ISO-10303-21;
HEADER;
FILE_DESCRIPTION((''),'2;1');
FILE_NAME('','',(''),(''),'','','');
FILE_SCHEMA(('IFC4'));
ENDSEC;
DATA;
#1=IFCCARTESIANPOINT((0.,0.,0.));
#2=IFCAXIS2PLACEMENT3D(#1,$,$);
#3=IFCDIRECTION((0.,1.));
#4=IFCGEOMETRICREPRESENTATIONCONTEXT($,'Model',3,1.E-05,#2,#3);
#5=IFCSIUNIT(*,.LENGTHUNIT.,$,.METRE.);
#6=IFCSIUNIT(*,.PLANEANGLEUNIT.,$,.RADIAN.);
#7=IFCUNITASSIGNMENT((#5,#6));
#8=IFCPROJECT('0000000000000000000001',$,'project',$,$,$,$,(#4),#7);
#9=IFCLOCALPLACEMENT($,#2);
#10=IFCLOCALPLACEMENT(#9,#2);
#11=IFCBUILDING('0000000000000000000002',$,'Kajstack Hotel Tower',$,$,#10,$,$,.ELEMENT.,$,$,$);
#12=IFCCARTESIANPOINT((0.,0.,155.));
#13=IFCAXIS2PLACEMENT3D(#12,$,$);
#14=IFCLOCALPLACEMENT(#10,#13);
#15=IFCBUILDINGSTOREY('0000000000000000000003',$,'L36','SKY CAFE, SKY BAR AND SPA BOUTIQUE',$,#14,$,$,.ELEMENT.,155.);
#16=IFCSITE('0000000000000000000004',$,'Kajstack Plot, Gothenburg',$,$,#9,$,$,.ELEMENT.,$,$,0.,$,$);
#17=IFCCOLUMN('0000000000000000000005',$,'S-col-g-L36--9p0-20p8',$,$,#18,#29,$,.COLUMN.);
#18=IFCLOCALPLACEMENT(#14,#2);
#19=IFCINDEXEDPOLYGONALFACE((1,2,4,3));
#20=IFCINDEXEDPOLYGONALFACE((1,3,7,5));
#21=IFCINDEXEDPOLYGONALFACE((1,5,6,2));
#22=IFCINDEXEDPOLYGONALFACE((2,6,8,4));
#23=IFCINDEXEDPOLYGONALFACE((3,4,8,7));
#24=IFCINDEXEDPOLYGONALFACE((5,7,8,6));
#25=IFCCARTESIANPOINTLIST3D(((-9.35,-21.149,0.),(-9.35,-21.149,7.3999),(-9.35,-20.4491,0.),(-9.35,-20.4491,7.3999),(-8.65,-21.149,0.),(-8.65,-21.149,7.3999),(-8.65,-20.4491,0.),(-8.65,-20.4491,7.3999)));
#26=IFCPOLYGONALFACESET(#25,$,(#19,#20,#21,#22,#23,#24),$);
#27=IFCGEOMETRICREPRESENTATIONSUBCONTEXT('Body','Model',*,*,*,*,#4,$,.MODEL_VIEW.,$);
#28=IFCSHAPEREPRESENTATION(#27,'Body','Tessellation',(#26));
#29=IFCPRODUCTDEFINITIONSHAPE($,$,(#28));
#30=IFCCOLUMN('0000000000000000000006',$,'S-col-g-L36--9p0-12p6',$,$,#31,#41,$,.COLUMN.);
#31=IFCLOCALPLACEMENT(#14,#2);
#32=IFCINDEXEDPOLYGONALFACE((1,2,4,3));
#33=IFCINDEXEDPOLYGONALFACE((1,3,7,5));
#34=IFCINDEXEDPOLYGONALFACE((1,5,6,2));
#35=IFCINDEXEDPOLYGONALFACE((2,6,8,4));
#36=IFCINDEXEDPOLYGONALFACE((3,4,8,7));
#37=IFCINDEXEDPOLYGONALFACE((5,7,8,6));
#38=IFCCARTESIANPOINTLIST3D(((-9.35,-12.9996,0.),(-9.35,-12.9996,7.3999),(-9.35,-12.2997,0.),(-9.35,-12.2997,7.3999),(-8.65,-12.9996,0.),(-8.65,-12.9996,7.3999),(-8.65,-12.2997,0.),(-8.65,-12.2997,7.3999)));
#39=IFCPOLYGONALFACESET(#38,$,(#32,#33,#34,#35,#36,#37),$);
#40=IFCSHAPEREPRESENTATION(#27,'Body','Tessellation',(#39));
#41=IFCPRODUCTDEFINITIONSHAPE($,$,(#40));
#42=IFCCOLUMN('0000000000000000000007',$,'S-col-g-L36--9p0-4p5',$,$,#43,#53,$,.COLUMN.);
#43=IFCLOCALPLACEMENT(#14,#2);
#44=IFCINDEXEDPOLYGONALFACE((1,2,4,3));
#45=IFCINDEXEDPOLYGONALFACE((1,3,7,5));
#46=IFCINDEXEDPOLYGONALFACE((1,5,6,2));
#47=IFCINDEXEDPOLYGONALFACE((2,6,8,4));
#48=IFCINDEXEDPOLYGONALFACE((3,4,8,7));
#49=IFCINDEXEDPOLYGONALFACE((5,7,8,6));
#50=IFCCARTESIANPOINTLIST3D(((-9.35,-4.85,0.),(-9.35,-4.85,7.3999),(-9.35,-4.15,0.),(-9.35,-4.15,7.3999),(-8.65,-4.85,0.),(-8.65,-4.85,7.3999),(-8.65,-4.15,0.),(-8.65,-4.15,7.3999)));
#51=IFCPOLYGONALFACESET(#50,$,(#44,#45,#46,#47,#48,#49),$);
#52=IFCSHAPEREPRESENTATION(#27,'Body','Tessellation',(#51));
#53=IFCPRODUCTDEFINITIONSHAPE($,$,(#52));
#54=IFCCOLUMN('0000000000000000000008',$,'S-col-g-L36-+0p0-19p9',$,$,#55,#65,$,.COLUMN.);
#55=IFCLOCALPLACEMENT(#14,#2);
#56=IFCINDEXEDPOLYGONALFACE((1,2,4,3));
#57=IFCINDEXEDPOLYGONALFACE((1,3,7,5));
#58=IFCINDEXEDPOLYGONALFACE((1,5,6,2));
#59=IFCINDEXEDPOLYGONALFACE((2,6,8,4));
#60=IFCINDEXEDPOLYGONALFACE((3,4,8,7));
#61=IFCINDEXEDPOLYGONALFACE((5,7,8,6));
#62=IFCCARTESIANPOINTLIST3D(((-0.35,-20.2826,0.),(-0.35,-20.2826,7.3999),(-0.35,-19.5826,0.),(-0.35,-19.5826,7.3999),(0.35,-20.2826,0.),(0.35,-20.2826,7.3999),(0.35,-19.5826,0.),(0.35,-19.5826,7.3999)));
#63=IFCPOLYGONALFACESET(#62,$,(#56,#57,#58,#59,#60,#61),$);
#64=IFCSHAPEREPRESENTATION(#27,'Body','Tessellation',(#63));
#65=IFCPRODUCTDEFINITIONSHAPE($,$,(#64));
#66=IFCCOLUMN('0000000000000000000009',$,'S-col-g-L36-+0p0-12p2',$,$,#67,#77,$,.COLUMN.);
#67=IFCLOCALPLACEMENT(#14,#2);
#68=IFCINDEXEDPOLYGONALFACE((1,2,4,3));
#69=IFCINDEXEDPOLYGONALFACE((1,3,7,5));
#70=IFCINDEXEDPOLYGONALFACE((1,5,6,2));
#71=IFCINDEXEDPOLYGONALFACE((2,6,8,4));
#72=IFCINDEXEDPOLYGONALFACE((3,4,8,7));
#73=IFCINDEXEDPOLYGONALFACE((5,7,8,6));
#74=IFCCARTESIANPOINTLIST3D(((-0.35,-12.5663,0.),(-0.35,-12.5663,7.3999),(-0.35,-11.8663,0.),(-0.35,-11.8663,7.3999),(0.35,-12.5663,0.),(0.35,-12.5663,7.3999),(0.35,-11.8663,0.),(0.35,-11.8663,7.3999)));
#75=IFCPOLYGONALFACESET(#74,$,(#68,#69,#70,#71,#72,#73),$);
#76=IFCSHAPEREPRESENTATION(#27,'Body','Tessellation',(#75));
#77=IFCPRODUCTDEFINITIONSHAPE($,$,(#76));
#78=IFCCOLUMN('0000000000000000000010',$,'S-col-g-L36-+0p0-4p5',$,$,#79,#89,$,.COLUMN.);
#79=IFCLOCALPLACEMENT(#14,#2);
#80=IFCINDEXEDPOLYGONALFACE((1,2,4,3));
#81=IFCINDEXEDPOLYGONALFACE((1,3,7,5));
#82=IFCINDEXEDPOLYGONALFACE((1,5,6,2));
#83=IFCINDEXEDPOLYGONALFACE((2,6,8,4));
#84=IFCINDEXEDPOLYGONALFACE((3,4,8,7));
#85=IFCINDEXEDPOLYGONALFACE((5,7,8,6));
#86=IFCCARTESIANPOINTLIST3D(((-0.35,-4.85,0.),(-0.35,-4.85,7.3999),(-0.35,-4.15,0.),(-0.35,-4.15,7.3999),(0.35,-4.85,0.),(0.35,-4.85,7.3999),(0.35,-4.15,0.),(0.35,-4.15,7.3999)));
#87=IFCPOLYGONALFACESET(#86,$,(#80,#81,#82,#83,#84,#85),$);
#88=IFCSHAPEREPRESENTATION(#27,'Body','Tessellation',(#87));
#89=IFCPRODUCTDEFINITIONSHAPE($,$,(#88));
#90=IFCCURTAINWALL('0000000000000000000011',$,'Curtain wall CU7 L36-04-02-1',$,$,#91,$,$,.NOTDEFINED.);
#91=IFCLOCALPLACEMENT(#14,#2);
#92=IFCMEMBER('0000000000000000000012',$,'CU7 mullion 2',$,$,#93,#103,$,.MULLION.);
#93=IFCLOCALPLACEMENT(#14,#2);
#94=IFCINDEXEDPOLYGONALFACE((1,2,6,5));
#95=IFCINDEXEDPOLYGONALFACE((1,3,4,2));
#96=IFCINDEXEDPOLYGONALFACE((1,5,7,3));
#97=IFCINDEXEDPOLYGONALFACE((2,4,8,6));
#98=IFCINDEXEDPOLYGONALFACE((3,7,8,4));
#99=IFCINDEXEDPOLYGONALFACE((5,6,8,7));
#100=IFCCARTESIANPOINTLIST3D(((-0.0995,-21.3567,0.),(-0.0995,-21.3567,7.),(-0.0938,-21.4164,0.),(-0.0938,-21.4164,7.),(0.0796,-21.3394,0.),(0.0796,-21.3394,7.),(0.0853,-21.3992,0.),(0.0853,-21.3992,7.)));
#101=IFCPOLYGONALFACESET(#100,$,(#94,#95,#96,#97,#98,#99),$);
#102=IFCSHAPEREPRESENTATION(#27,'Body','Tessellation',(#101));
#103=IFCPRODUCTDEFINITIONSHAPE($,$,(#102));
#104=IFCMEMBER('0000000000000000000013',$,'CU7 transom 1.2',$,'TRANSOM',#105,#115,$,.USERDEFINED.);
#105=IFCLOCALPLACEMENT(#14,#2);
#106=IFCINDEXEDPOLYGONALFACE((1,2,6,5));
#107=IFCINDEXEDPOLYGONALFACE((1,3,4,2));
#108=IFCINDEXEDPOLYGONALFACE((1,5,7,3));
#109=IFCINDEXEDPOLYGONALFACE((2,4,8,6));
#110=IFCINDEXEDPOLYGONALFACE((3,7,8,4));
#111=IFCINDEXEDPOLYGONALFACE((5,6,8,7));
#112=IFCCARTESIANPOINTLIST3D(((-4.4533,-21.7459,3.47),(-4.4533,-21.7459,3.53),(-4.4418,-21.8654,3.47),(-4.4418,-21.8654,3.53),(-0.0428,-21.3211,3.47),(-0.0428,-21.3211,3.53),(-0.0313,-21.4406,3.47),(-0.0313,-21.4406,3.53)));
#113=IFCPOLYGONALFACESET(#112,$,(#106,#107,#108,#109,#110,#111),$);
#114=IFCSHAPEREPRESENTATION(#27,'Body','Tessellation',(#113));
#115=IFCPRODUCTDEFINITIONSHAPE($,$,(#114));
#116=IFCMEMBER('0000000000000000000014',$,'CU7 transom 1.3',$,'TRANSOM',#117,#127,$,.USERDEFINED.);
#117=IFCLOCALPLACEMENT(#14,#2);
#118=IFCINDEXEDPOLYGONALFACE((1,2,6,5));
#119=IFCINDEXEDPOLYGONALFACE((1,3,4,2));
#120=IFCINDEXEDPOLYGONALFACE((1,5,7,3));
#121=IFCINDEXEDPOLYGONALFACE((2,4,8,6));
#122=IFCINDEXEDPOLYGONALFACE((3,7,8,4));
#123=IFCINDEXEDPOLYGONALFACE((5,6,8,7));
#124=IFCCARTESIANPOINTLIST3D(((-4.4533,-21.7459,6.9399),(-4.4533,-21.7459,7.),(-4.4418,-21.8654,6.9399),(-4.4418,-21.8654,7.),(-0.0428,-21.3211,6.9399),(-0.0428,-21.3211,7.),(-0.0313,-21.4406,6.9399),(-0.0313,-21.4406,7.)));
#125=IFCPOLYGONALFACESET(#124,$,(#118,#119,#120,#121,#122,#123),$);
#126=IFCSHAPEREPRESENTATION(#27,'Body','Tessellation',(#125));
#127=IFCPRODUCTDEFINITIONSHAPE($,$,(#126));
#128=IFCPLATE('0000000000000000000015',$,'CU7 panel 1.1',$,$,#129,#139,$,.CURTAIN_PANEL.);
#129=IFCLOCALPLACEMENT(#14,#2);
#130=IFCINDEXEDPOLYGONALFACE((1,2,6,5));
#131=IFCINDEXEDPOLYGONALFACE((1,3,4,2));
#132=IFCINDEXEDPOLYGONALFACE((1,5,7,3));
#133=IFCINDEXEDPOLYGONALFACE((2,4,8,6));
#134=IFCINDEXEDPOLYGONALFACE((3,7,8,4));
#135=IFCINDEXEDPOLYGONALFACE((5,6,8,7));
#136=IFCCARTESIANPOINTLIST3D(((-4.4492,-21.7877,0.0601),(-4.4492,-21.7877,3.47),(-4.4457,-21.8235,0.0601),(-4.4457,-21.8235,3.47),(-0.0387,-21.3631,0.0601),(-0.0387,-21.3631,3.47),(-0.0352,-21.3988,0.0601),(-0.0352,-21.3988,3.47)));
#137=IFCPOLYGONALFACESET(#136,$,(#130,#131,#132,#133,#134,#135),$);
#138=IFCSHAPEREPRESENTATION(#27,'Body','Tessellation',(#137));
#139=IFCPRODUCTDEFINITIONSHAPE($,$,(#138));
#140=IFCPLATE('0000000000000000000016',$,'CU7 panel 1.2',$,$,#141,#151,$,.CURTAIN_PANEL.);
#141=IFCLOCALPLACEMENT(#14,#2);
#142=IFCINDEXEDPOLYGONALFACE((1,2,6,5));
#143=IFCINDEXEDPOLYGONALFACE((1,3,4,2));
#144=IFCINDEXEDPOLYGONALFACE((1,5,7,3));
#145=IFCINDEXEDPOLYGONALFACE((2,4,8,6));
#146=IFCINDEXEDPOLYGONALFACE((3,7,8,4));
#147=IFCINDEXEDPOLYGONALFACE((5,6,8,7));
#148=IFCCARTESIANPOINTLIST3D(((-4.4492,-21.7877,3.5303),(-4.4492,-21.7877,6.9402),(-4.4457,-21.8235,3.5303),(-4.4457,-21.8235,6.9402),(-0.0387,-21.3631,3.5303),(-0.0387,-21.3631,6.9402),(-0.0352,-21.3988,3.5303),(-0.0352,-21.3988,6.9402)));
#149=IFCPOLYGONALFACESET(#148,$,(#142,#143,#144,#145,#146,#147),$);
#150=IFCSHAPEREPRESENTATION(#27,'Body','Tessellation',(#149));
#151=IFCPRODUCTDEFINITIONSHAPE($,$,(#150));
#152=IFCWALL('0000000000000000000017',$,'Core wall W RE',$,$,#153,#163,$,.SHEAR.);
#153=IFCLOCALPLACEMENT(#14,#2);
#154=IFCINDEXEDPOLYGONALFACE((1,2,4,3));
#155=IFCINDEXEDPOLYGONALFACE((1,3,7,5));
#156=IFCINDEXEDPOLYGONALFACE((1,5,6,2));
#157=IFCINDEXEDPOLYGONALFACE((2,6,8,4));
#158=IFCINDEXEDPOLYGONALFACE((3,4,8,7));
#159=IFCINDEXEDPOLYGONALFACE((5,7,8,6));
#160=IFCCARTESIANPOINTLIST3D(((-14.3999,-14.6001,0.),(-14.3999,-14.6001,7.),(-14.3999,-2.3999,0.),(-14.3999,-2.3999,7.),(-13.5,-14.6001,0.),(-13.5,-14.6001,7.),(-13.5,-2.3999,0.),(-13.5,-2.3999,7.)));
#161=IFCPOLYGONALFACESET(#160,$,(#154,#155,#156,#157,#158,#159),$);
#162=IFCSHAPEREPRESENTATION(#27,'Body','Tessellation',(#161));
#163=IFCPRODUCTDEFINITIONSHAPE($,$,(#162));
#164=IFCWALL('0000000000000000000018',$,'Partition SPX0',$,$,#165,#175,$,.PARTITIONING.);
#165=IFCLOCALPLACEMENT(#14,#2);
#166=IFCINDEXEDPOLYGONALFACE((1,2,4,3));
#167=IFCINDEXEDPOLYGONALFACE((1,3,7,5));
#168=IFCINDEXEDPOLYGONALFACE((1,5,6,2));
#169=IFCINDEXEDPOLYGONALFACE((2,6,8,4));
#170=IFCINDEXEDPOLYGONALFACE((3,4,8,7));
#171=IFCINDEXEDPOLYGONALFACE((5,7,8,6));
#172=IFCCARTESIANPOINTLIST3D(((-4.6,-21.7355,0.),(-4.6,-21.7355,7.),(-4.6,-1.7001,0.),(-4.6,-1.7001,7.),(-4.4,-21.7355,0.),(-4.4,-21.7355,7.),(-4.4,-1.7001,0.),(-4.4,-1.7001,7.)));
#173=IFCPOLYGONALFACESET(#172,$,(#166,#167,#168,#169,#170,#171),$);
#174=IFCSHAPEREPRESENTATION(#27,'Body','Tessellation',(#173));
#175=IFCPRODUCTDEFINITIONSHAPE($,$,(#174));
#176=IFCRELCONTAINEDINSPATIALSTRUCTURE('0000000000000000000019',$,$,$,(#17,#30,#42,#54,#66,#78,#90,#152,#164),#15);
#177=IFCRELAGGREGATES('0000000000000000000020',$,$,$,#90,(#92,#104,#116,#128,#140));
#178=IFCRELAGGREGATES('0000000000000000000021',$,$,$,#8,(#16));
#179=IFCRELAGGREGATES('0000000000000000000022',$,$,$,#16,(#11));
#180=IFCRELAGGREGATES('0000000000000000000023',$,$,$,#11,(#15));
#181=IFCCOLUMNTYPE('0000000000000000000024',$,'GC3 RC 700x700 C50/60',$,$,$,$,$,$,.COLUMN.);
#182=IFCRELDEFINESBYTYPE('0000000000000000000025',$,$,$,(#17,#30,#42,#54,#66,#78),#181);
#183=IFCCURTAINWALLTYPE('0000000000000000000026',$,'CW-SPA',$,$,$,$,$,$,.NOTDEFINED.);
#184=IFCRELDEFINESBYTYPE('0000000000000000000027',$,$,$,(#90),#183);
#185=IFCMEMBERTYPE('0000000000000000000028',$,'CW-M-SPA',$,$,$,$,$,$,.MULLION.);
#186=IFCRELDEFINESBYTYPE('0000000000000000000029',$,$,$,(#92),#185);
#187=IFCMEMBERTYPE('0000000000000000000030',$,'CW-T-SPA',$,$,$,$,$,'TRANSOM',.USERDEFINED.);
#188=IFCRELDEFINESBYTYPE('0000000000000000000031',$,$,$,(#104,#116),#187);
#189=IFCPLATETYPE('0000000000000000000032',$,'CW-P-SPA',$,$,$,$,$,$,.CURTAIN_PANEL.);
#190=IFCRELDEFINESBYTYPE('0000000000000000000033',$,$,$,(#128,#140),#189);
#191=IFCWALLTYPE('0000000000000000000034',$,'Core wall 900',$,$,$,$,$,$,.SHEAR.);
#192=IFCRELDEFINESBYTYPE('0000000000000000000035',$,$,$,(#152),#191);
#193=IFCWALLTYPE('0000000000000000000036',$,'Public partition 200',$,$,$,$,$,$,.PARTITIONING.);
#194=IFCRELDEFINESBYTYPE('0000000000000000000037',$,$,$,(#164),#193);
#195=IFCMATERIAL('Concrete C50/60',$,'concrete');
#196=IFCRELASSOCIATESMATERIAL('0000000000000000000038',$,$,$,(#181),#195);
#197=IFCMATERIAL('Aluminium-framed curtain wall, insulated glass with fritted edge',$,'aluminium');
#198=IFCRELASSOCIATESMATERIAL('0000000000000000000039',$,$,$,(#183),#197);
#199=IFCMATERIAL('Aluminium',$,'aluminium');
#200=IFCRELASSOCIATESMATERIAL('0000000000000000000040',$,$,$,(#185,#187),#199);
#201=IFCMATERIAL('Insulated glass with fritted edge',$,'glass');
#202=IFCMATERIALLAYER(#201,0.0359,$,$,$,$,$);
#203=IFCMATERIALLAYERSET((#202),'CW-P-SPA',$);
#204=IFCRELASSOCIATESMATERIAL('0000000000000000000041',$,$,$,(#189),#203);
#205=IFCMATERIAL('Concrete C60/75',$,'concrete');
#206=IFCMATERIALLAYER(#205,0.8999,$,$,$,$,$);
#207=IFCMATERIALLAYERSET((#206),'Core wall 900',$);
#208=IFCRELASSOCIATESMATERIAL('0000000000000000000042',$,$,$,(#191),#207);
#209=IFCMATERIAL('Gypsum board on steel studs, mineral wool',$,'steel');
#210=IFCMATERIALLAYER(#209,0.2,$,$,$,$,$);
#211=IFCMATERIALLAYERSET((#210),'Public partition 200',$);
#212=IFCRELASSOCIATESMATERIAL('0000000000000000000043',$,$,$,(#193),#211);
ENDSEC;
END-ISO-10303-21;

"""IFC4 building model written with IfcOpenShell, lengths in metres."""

from ifc_helpers import new_model, si_unit, direction, frame, frame_2d, origin, origin_2d, place, context, subcontext, project, spatial, rectangle, extrude, material, layer, layer_set, material_profile, profile_set, type_object, element, aggregate, save


model = new_model("IFC4")

# Units and contexts
model_context = context("Model", 3, precision=1e-05, world=origin(), true_north=direction((0.0, 1.0)))
body_context = subcontext(model_context, "Body", "Model", "MODEL_VIEW")
ifc_project = project(units=[si_unit("LENGTHUNIT", "METRE"), si_unit("PLANEANGLEUNIT", "RADIAN")], contexts=[model_context])

# Site, building, storey
site_placement = place(None, origin())
site = spatial("IfcSite", under=ifc_project, at=site_placement, Name="Kajstack Plot, Gothenburg", CompositionType="ELEMENT", RefElevation=0.0)
building_placement = place(site_placement, origin())
building = spatial("IfcBuilding", under=site, at=building_placement, Name="Kajstack Hotel Tower", CompositionType="ELEMENT")
storey_placement = place(building_placement, frame((0.0, 0.0, 155.0)))
storey = spatial("IfcBuildingStorey", under=building, at=storey_placement, Name="L36", Description="SKY CAFE, SKY BAR AND SPA BOUTIQUE", CompositionType="ELEMENT", Elevation=155.0)

# Columns
ifc_material_1 = material(Name="Concrete C50/60", Category="concrete")
ifc_material_profile_1 = material_profile(ifc_material_1, rectangle(XDim=0.7, YDim=0.7, at=origin_2d()), Name="RC 700x700")
ifc_profile_set_1 = profile_set([ifc_material_profile_1], Name="Concrete C50/60")
column_type = type_object("IfcColumnType", Name="GC3 RC 700x700 C50/60", PredefinedType="COLUMN", material=ifc_profile_set_1)
for number, where, z_axis, x_axis, name in (
    (1, (-9.0, -20.7991, 0.0), (0.0, 0.0, 1.0), (1.0, 0.0, 0.0), "S-col-g-L36--9p0-20p8"),
    (2, (-9.0, -12.6497, 0.0), (0.0, 0.0, 1.0), (1.0, 0.0, 0.0), "S-col-g-L36--9p0-12p6"),
    (3, (-9.0, -4.5, 0.0), (0.0, 0.0, 1.0), (1.0, 0.0, 0.0), "S-col-g-L36--9p0-4p5"),
    (4, (0.0, -19.9326, 0.0), (0.0, 0.0, 1.0), (1.0, 0.0, 0.0), "S-col-g-L36-+0p0-19p9"),
    (5, (0.0, -12.2163, 0.0), (0.0, 0.0, 1.0), (1.0, 0.0, 0.0), "S-col-g-L36-+0p0-12p2"),
    (6, (0.0, -4.5, 0.0), (0.0, 0.0, 1.0), (1.0, 0.0, 0.0), "S-col-g-L36-+0p0-4p5"),
):
    element("IfcColumn", number, at=place(storey_placement, frame(where, z_axis=z_axis, x_axis=x_axis)), inside=storey, type_object=column_type, Name=name, PredefinedType="COLUMN", context=body_context, shape_type="SweptSolid", body=[
        extrude(rectangle(XDim=0.7, YDim=0.7, at=origin_2d()), origin(), (0.0, 0.0, 1.0), 7.3999),
    ])

# Curtain wall, members, plates
ifc_material_2 = material(Name="Aluminium-framed curtain wall, insulated glass with fritted edge", Category="aluminium")
curtain_wall_type = type_object("IfcCurtainWallType", Name="CW-SPA", PredefinedType="NOTDEFINED", material=ifc_material_2)
curtain_wall_placement = place(storey_placement, origin())
curtain_wall = element("IfcCurtainWall", 7, at=curtain_wall_placement, inside=storey, type_object=curtain_wall_type, Name="Curtain wall CU7 L36-04-02-1", PredefinedType="NOTDEFINED")
ifc_material_3 = material(Name="Aluminium", Category="aluminium")
ifc_material_profile_2 = material_profile(ifc_material_3, rectangle(XDim=0.0601, YDim=0.1799, at=origin_2d()), Name="Aluminium mullion 60 x 180")
ifc_profile_set_2 = profile_set([ifc_material_profile_2], Name="Aluminium")
member_type_1 = type_object("IfcMemberType", Name="CW-M-SPA", PredefinedType="MULLION", material=ifc_profile_set_2)
member_1_placement = place(storey_placement, frame((-0.0071, -21.3779, 0.0), z_axis=(0.0, 0.0, 1.0), x_axis=(-0.095845, 0.995396, 0.0)))
member_1 = element("IfcMember", 8, at=member_1_placement, type_object=member_type_1, Name="CU7 mullion 2", PredefinedType="MULLION", context=body_context, shape_type="SweptSolid", body=[
    extrude(rectangle(XDim=0.0601, YDim=0.1799, at=origin_2d()), origin(), (0.0, 0.0, 1.0), 7.0),
])
ifc_material_profile_3 = material_profile(ifc_material_3, rectangle(XDim=0.1201, YDim=0.0601, at=origin_2d()), Name="Aluminium transom 120 x 60")
ifc_profile_set_3 = profile_set([ifc_material_profile_3], Name="Aluminium")
member_type_2 = type_object("IfcMemberType", Name="CW-T-SPA", ElementType="TRANSOM", PredefinedType="USERDEFINED", material=ifc_profile_set_3)
member_2_placement = place(storey_placement, frame((-4.4475, -21.8057, 3.5), z_axis=(0.995393, 0.095875, 0.0), x_axis=(-0.095875, 0.995393, 0.0)))
member_2 = element("IfcMember", 9, at=member_2_placement, type_object=member_type_2, Name="CU7 transom 1.2", ObjectType="TRANSOM", PredefinedType="USERDEFINED", context=body_context, shape_type="SweptSolid", body=[
    extrude(rectangle(XDim=0.1201, YDim=0.0601, at=origin_2d()), origin(), (0.0, 0.0, 1.0), 4.4309),
])
member_3_placement = place(storey_placement, frame((-4.4475, -21.8057, 6.97), z_axis=(0.995393, 0.095875, 0.0), x_axis=(-0.095875, 0.995393, 0.0)))
member_3 = element("IfcMember", 10, at=member_3_placement, type_object=member_type_2, Name="CU7 transom 1.3", ObjectType="TRANSOM", PredefinedType="USERDEFINED", context=body_context, shape_type="SweptSolid", body=[
    extrude(rectangle(XDim=0.1201, YDim=0.0601, at=origin_2d()), origin(), (0.0, 0.0, 1.0), 4.4309),
])
ifc_material_4 = material(Name="Insulated glass with fritted edge", Category="glass")
ifc_layer_1 = layer(ifc_material_4, 0.0359)
ifc_layer_set_1 = layer_set([ifc_layer_1], Name="CW-P-SPA")
plate_type = type_object("IfcPlateType", Name="CW-P-SPA", PredefinedType="CURTAIN_PANEL", material=ifc_layer_set_1)
plate_1_placement = place(storey_placement, frame((-2.2422, -21.5933, 0.0601), z_axis=(0.0, 0.0, 1.0), x_axis=(0.995396, 0.095845, 0.0)))
plate_1 = element("IfcPlate", 11, at=plate_1_placement, type_object=plate_type, Name="CU7 panel 1.1", PredefinedType="CURTAIN_PANEL", context=body_context, shape_type="SweptSolid", body=[
    extrude(rectangle(XDim=4.4309, YDim=0.0359, at=origin_2d()), origin(), (0.0, 0.0, 1.0), 3.4099),
])
plate_2_placement = place(storey_placement, frame((-2.2422, -21.5933, 3.5303), z_axis=(0.0, 0.0, 1.0), x_axis=(0.995396, 0.095845, 0.0)))
plate_2 = element("IfcPlate", 12, at=plate_2_placement, type_object=plate_type, Name="CU7 panel 1.2", PredefinedType="CURTAIN_PANEL", context=body_context, shape_type="SweptSolid", body=[
    extrude(rectangle(XDim=4.4309, YDim=0.0359, at=origin_2d()), origin(), (0.0, 0.0, 1.0), 3.4099),
])
aggregate(curtain_wall, [member_1, member_2, member_3, plate_1, plate_2])

# Walls
ifc_material_5 = material(Name="Concrete C60/75", Category="concrete")
ifc_layer_2 = layer(ifc_material_5, 0.8999)
ifc_layer_set_2 = layer_set([ifc_layer_2], Name="Core wall 900")
wall_type_1 = type_object("IfcWallType", Name="Core wall 900", PredefinedType="SHEAR", material=ifc_layer_set_2)
wall_1_placement = place(storey_placement, frame((-13.95, -14.6001, 0.0), z_axis=(0.0, 0.0, 1.0), x_axis=(0.0, 1.0, 0.0)))
element("IfcWall", 13, at=wall_1_placement, inside=storey, type_object=wall_type_1, Name="Core wall W RE", PredefinedType="SHEAR", context=body_context, shape_type="SweptSolid", body=[
    extrude(rectangle(XDim=12.2002, YDim=0.8999, at=frame_2d((6.1001, 0.0))), origin(), (0.0, 0.0, 1.0), 7.0),
])
ifc_material_6 = material(Name="Gypsum board on steel studs, mineral wool", Category="steel")
ifc_layer_3 = layer(ifc_material_6, 0.2)
ifc_layer_set_3 = layer_set([ifc_layer_3], Name="Public partition 200")
wall_type_2 = type_object("IfcWallType", Name="Public partition 200", PredefinedType="PARTITIONING", material=ifc_layer_set_3)
wall_2_placement = place(storey_placement, frame((-4.5, -21.7354, 0.0), z_axis=(0.0, 0.0, 1.0), x_axis=(0.0, 1.0, 0.0)))
element("IfcWall", 14, at=wall_2_placement, inside=storey, type_object=wall_type_2, Name="Partition SPX0", PredefinedType="PARTITIONING", context=body_context, shape_type="SweptSolid", body=[
    extrude(rectangle(XDim=20.0354, YDim=0.2, at=frame_2d((10.0176, 0.0))), origin(), (0.0, 0.0, 1.0), 7.0),
])

save(model, "model.ifc")
